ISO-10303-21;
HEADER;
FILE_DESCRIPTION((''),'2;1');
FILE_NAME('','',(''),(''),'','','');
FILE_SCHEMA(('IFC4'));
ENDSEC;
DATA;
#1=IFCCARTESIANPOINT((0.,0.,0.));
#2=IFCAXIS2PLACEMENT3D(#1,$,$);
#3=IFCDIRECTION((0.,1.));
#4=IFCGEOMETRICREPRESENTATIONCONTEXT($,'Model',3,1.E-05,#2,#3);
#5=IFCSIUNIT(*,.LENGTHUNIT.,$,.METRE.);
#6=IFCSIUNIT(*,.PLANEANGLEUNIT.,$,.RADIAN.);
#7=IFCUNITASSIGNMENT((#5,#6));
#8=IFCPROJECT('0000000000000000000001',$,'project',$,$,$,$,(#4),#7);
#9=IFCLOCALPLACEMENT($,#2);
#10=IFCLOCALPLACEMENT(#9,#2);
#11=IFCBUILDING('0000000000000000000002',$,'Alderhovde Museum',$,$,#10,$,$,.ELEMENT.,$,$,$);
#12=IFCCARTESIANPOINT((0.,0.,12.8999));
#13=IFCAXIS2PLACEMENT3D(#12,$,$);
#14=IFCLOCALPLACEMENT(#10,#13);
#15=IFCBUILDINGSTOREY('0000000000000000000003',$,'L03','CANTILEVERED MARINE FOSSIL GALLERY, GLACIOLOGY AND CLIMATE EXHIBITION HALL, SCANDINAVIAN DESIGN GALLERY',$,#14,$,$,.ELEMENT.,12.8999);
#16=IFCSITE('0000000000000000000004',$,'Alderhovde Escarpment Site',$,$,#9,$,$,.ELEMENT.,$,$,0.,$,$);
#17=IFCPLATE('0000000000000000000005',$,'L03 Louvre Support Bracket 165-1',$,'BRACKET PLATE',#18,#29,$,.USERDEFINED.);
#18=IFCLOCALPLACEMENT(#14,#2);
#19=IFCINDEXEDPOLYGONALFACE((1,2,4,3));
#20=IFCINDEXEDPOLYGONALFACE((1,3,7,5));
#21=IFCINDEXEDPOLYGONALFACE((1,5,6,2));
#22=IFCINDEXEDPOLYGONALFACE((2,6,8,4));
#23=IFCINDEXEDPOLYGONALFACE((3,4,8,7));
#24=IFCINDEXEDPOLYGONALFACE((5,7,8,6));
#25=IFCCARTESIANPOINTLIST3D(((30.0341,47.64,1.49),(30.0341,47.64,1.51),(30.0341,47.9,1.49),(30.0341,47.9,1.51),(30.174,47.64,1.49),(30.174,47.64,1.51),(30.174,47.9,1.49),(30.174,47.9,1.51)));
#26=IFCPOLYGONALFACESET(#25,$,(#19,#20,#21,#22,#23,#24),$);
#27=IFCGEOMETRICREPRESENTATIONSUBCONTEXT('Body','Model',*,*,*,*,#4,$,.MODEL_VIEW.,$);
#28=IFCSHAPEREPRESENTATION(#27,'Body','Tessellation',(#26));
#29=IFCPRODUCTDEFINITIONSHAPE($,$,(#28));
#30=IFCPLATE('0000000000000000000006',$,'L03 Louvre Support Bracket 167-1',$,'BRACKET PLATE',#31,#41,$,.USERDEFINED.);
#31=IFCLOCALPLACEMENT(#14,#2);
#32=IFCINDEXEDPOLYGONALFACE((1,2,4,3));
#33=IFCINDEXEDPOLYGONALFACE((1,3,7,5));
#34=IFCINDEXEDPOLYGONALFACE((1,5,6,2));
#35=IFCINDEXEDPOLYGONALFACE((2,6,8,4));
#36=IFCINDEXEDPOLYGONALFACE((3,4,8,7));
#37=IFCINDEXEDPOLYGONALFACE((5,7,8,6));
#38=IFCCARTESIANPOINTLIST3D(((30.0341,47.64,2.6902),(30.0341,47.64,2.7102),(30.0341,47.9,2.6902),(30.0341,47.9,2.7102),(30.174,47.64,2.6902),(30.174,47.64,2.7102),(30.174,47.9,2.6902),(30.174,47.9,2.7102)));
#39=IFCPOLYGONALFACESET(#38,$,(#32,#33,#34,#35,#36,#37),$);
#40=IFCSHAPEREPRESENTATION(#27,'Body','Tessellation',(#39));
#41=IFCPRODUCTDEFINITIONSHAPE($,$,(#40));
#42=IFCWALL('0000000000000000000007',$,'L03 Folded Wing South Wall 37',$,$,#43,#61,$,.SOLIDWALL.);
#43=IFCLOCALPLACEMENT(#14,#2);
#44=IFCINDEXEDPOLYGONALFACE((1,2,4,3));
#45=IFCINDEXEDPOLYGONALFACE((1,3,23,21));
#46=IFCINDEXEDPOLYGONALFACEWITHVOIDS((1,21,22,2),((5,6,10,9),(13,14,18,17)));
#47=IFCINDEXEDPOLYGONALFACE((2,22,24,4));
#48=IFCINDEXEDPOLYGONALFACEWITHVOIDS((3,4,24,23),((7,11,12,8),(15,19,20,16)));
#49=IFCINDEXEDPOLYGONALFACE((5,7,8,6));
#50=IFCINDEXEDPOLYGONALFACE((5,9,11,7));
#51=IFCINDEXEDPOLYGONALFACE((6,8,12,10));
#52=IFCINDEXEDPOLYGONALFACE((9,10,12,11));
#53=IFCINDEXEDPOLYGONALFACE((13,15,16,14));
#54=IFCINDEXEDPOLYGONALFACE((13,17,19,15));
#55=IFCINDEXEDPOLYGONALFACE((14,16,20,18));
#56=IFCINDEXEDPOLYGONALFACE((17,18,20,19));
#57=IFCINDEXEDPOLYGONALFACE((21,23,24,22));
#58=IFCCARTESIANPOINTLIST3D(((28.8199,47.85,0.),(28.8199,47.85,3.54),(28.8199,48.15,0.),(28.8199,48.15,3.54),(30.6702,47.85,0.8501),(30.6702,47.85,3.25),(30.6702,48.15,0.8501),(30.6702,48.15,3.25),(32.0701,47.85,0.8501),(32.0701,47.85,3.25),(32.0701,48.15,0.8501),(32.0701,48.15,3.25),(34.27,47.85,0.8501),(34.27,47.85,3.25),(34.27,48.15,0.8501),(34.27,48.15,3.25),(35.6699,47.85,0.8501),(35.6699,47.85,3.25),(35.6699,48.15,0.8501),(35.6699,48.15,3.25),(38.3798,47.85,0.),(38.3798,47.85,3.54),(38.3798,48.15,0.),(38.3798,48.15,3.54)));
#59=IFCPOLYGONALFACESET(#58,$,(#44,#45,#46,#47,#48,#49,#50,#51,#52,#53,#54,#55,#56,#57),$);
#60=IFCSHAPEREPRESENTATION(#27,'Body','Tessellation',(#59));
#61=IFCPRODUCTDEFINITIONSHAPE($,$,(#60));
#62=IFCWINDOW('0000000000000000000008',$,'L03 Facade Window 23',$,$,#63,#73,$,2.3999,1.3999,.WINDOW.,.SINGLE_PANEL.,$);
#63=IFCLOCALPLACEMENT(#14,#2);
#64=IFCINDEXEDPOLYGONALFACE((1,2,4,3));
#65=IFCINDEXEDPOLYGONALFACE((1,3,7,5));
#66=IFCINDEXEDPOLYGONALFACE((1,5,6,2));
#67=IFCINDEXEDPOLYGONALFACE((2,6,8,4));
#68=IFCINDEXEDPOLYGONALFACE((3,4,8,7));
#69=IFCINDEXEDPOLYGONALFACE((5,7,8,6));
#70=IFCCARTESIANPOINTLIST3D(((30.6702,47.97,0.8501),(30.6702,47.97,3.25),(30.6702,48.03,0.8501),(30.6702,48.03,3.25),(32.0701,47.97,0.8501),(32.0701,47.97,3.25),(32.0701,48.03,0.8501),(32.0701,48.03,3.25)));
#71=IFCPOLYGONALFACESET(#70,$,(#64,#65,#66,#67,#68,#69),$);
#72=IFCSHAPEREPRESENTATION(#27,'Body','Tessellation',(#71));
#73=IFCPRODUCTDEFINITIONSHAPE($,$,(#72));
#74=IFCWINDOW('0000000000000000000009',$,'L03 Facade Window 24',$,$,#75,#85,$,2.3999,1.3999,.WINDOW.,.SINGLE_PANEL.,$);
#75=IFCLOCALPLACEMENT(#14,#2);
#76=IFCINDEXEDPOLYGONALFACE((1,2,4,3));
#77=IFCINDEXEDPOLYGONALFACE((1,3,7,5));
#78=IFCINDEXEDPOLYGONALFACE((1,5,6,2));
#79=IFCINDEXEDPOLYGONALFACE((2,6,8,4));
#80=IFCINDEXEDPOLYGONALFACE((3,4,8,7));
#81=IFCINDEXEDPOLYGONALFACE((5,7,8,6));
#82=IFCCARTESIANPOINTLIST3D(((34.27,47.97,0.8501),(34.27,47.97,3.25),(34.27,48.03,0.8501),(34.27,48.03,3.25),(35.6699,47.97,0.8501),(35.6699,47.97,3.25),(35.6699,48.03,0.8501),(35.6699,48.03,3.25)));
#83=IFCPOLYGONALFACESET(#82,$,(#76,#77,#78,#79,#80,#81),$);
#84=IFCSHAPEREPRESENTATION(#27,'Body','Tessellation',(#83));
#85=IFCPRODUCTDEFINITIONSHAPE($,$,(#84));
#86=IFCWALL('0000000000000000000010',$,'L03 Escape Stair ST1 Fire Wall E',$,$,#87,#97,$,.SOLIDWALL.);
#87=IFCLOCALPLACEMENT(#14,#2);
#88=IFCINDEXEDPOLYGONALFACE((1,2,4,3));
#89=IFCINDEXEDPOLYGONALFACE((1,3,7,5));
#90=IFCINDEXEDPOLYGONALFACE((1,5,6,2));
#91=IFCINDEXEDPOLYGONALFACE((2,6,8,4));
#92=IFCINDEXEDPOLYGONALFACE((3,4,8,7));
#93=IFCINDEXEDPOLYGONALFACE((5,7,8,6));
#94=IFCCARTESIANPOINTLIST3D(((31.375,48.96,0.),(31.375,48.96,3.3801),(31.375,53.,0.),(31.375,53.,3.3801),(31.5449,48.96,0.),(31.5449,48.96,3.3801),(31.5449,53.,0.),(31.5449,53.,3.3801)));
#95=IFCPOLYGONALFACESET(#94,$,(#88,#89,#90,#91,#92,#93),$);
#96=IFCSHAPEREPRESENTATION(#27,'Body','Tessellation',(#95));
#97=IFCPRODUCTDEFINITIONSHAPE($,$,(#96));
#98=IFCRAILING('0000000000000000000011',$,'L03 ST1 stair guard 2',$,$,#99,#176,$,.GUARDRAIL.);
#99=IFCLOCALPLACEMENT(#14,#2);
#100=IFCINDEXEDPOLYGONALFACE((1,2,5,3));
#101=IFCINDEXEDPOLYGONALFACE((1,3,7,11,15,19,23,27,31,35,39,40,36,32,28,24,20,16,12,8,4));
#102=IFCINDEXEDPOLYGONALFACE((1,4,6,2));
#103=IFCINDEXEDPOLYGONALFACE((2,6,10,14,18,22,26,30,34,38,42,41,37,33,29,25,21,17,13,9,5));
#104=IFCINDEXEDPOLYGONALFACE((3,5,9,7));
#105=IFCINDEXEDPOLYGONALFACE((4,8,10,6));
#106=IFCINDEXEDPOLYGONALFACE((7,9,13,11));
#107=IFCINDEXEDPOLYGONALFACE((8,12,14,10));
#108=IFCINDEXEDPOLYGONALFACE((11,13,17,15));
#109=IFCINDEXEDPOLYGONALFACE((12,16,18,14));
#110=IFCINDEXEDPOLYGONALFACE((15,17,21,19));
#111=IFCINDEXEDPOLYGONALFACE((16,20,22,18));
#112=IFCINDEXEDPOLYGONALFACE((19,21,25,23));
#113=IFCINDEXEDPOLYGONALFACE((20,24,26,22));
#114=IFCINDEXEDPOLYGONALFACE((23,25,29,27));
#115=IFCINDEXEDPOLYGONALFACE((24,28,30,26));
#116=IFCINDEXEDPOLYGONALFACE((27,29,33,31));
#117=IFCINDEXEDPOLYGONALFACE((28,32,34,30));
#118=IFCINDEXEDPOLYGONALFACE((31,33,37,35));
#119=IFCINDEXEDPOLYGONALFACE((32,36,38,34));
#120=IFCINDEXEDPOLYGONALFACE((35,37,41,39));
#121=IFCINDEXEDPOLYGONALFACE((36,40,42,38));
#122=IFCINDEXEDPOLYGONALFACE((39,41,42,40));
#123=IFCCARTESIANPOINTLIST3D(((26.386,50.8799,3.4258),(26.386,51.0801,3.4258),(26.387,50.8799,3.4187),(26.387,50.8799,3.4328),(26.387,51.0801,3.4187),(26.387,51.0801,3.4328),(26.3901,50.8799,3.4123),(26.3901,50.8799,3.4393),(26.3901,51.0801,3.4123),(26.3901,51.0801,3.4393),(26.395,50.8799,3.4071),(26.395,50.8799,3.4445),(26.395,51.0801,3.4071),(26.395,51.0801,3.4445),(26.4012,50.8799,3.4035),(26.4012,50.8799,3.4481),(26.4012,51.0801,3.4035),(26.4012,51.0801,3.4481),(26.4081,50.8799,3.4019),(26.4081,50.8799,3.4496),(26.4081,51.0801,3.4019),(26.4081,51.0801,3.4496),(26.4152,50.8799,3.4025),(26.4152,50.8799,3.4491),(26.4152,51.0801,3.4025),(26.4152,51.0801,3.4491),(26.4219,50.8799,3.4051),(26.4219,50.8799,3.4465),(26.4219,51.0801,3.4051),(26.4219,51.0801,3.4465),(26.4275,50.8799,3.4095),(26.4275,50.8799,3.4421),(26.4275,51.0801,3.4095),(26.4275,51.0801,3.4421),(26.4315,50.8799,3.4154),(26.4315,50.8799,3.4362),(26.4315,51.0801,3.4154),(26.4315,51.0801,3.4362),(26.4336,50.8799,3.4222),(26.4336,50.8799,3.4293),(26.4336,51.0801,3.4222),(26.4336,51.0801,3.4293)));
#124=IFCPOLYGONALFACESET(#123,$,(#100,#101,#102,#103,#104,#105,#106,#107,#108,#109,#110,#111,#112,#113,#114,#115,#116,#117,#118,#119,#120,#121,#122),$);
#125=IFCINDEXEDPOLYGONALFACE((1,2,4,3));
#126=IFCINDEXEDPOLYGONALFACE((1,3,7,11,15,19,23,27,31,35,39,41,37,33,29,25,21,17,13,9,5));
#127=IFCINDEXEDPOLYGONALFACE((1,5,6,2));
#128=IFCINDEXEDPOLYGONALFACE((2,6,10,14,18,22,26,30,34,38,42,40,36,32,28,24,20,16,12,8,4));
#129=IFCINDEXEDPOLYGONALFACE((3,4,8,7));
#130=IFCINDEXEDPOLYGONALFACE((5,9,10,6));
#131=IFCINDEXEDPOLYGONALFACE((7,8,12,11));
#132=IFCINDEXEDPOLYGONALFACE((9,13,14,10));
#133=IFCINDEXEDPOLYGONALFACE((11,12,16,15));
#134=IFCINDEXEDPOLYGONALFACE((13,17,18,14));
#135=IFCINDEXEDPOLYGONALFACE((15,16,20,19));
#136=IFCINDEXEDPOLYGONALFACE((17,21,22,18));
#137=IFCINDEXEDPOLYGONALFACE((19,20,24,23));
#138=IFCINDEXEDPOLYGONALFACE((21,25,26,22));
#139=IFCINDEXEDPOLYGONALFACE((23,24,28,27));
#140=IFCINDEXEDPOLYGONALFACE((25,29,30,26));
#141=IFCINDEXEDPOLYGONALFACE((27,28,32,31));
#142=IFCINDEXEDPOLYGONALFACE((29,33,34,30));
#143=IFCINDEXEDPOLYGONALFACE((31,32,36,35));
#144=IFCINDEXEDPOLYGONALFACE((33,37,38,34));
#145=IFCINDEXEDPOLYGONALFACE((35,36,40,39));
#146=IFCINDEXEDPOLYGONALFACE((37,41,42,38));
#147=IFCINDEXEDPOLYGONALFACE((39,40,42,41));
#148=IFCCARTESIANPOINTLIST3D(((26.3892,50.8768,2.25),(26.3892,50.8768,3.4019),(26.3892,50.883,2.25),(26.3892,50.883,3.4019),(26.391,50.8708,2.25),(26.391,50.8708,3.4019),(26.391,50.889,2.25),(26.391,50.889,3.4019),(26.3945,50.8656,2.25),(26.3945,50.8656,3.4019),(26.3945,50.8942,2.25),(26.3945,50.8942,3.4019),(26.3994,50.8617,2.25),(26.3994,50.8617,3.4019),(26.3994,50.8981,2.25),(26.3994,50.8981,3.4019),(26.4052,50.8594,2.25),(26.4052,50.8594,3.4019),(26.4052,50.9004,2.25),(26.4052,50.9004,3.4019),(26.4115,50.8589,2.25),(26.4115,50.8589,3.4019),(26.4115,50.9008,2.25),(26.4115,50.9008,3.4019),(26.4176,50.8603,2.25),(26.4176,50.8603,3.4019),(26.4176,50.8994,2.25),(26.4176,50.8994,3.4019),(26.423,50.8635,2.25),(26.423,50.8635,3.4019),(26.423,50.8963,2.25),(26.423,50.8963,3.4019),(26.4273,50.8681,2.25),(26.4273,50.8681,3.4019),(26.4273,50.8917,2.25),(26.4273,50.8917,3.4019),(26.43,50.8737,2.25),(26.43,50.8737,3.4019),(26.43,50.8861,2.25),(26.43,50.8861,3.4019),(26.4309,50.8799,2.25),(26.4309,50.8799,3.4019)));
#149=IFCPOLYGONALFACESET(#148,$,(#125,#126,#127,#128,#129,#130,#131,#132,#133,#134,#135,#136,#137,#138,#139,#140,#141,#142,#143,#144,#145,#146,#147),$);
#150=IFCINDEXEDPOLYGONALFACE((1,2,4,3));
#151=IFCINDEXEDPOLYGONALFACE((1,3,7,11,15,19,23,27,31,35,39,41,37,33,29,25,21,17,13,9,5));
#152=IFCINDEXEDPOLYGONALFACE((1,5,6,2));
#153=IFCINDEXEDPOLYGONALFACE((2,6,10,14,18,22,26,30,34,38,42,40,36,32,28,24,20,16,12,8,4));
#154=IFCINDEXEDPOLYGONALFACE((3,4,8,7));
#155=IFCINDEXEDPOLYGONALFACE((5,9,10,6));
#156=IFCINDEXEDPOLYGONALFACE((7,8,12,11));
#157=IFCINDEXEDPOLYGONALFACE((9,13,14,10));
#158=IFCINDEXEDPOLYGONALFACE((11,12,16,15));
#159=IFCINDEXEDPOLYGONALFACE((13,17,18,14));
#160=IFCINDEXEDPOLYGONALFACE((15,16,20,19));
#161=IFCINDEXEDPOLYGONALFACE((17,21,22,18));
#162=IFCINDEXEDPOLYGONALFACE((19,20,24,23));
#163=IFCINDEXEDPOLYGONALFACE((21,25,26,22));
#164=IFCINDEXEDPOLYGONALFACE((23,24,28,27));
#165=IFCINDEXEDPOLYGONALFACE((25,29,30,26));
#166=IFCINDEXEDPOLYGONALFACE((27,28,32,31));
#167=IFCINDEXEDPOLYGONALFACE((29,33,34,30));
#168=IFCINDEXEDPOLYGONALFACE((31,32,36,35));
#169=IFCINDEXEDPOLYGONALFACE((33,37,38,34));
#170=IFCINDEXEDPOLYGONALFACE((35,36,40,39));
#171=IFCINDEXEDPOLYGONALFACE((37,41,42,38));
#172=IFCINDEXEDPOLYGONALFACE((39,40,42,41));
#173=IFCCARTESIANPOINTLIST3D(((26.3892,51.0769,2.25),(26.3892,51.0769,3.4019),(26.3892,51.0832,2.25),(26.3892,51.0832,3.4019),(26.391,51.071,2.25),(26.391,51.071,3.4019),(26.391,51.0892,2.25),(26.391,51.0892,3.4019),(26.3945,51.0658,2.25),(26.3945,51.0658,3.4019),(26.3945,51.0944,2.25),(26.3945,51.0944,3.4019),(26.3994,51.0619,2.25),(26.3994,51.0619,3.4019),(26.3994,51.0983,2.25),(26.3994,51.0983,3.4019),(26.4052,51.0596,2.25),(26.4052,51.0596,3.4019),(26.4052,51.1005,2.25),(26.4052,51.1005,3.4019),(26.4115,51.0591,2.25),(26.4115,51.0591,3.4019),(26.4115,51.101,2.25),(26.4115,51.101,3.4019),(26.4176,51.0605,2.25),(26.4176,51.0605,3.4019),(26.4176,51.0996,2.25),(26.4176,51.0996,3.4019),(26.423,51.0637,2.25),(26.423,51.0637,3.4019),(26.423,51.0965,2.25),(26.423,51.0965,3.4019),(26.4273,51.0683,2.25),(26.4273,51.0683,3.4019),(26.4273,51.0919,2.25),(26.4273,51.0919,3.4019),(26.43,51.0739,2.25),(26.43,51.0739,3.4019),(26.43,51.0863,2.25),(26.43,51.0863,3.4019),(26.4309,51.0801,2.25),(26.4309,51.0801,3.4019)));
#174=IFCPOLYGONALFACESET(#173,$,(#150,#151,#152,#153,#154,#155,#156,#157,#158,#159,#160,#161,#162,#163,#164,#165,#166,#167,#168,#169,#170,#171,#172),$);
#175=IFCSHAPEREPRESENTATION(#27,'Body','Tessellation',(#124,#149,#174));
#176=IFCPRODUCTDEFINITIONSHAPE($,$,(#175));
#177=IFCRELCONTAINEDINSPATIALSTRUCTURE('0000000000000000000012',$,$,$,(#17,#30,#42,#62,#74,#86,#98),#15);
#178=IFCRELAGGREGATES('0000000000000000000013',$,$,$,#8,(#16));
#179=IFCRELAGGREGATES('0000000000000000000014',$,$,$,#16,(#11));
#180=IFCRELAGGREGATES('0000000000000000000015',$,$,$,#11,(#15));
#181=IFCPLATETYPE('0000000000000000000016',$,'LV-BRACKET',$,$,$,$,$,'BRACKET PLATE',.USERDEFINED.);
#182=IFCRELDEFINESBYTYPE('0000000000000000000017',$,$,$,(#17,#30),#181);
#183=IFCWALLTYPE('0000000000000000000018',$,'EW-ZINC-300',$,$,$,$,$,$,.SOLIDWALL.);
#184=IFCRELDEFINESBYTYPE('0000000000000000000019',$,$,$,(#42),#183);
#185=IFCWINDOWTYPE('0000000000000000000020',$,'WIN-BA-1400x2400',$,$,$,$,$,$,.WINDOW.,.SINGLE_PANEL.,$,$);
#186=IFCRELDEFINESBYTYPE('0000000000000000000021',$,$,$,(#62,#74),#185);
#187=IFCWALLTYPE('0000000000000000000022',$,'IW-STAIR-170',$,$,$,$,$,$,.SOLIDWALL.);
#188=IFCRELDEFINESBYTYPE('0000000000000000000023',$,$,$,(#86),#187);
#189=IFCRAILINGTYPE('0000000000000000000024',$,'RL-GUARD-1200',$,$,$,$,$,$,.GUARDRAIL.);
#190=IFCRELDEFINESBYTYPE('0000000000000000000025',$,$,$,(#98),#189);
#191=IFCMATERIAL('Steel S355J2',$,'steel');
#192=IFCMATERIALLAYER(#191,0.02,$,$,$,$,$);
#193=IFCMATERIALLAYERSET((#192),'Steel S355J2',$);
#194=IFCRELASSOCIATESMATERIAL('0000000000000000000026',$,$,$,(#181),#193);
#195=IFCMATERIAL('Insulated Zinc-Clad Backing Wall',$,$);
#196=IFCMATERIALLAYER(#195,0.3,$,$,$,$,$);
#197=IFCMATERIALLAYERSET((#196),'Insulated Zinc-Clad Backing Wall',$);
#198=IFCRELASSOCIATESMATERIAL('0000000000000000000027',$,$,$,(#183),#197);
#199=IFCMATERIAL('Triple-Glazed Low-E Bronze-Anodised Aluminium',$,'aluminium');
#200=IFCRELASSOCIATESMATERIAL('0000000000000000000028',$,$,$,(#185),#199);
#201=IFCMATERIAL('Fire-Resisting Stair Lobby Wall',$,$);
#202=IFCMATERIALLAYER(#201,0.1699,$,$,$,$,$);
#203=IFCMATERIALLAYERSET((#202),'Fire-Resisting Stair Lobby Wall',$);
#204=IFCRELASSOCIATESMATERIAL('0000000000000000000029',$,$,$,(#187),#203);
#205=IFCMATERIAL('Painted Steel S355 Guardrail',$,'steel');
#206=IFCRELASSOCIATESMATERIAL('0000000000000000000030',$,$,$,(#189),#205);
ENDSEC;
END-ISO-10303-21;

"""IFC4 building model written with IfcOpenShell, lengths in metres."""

from ifc_helpers import new_model, si_unit, direction, frame, frame_2d, origin, origin_2d, place, context, subcontext, project, spatial, rectangle, circle, extrude, material, layer, layer_set, type_object, element, fill, save


model = new_model("IFC4")

# Units and contexts
model_context = context("Model", 3, precision=1e-05, world=origin(), true_north=direction((0.0, 1.0)))
body_context = subcontext(model_context, "Body", "Model", "MODEL_VIEW")
ifc_project = project(units=[si_unit("LENGTHUNIT", "METRE"), si_unit("PLANEANGLEUNIT", "RADIAN")], contexts=[model_context])

# Site, building, storey
site_placement = place(None, origin())
site = spatial("IfcSite", under=ifc_project, at=site_placement, Name="Alderhovde Escarpment Site", CompositionType="ELEMENT", RefElevation=0.0)
building_placement = place(site_placement, origin())
building = spatial("IfcBuilding", under=site, at=building_placement, Name="Alderhovde Museum", CompositionType="ELEMENT")
storey_placement = place(building_placement, frame((0.0, 0.0, 12.8999)))
storey = spatial("IfcBuildingStorey", under=building, at=storey_placement, Name="L03", Description="CANTILEVERED MARINE FOSSIL GALLERY, GLACIOLOGY AND CLIMATE EXHIBITION HALL, SCANDINAVIAN DESIGN GALLERY", CompositionType="ELEMENT", Elevation=12.8999)

# Plates
ifc_material_1 = material(Name="Steel S355J2", Category="steel")
ifc_layer_1 = layer(ifc_material_1, 0.02)
ifc_layer_set_1 = layer_set([ifc_layer_1], Name="Steel S355J2")
plate_type = type_object("IfcPlateType", Name="LV-BRACKET", ElementType="BRACKET PLATE", PredefinedType="USERDEFINED", material=ifc_layer_set_1)
for number, where, z_axis, x_axis, name in (
    (1, (30.104, 47.77, 1.49), (0.0, 0.0, 1.0), (1.0, 0.0, 0.0), "L03 Louvre Support Bracket 165-1"),
    (2, (30.104, 47.77, 2.6902), (0.0, 0.0, 1.0), (1.0, 0.0, 0.0), "L03 Louvre Support Bracket 167-1"),
):
    element("IfcPlate", number, at=place(storey_placement, frame(where, z_axis=z_axis, x_axis=x_axis)), inside=storey, type_object=plate_type, Name=name, ObjectType="BRACKET PLATE", PredefinedType="USERDEFINED", context=body_context, shape_type="SweptSolid", body=[
        extrude(rectangle(XDim=0.1399, YDim=0.26, at=origin_2d()), origin(), (0.0, 0.0, 1.0), 0.02),
    ])

# Wall, openings, windows
ifc_material_2 = material(Name="Insulated Zinc-Clad Backing Wall")
ifc_layer_2 = layer(ifc_material_2, 0.3)
ifc_layer_set_2 = layer_set([ifc_layer_2], Name="Insulated Zinc-Clad Backing Wall")
wall_type_1 = type_object("IfcWallType", Name="EW-ZINC-300", PredefinedType="SOLIDWALL", material=ifc_layer_set_2)
wall_1_placement = place(storey_placement, frame((28.8201, 48.0, 0.0), z_axis=(0.0, 0.0, 1.0), x_axis=(1.0, 0.0, 0.0)))
wall_1 = element("IfcWall", 3, at=wall_1_placement, inside=storey, type_object=wall_type_1, Name="L03 Folded Wing South Wall 37", PredefinedType="SOLIDWALL", context=body_context, shape_type="SweptSolid", body=[
    extrude(rectangle(XDim=9.5598, YDim=0.3, at=frame_2d((4.7798, 0.0))), origin(), (0.0, 0.0, 1.0), 3.54),
])
opening_1_placement = place(wall_1_placement, frame((1.8501, 0.0, 0.8501)))
opening_1 = element("IfcOpeningElement", 4, at=opening_1_placement, cuts=wall_1, PredefinedType="OPENING", context=body_context, shape_type="SweptSolid", body=[
    extrude(rectangle(XDim=1.3999, YDim=2.3999, at=frame_2d((0.7, 1.2))), frame((0.0, 0.1599, 0.0), z_axis=(0.0, -1.0, 0.0), x_axis=(1.0, 0.0, 0.0)), (0.0, 0.0, 1.0), 0.3201),
])
opening_2_placement = place(wall_1_placement, frame((5.45, 0.0, 0.8501)))
opening_2 = element("IfcOpeningElement", 5, at=opening_2_placement, cuts=wall_1, PredefinedType="OPENING", context=body_context, shape_type="SweptSolid", body=[
    extrude(rectangle(XDim=1.3999, YDim=2.3999, at=frame_2d((0.7, 1.2))), frame((0.0, 0.1599, 0.0), z_axis=(0.0, -1.0, 0.0), x_axis=(1.0, 0.0, 0.0)), (0.0, 0.0, 1.0), 0.3201),
])
ifc_material_3 = material(Name="Triple-Glazed Low-E Bronze-Anodised Aluminium", Category="aluminium")
window_type = type_object("IfcWindowType", Name="WIN-BA-1400x2400", PartitioningType="SINGLE_PANEL", PredefinedType="WINDOW", material=ifc_material_3)
window_1_placement = place(opening_1_placement, origin())
window_1 = element("IfcWindow", 6, at=window_1_placement, inside=storey, type_object=window_type, Name="L03 Facade Window 23", OverallHeight=2.3999, OverallWidth=1.3999, PartitioningType="SINGLE_PANEL", PredefinedType="WINDOW", context=body_context, shape_type="SweptSolid", body=[
    extrude(rectangle(XDim=1.3999, YDim=2.3999, at=frame_2d((0.7, 1.2))), frame((0.0, 0.03, 0.0), z_axis=(0.0, -1.0, 0.0), x_axis=(1.0, 0.0, 0.0)), (0.0, 0.0, 1.0), 0.0601),
])
fill(opening_1, window_1)
window_2_placement = place(opening_2_placement, origin())
window_2 = element("IfcWindow", 7, at=window_2_placement, inside=storey, type_object=window_type, Name="L03 Facade Window 24", OverallHeight=2.3999, OverallWidth=1.3999, PartitioningType="SINGLE_PANEL", PredefinedType="WINDOW", context=body_context, shape_type="SweptSolid", body=[
    extrude(rectangle(XDim=1.3999, YDim=2.3999, at=frame_2d((0.7, 1.2))), frame((0.0, 0.03, 0.0), z_axis=(0.0, -1.0, 0.0), x_axis=(1.0, 0.0, 0.0)), (0.0, 0.0, 1.0), 0.0601),
])
fill(opening_2, window_2)

# Wall
ifc_material_4 = material(Name="Fire-Resisting Stair Lobby Wall")
ifc_layer_3 = layer(ifc_material_4, 0.1699)
ifc_layer_set_3 = layer_set([ifc_layer_3], Name="Fire-Resisting Stair Lobby Wall")
wall_type_2 = type_object("IfcWallType", Name="IW-STAIR-170", PredefinedType="SOLIDWALL", material=ifc_layer_set_3)
wall_2_placement = place(storey_placement, frame((31.46, 48.96, 0.0), z_axis=(0.0, 0.0, 1.0), x_axis=(0.0, 1.0, 0.0)))
element("IfcWall", 8, at=wall_2_placement, inside=storey, type_object=wall_type_2, Name="L03 Escape Stair ST1 Fire Wall E", PredefinedType="SOLIDWALL", context=body_context, shape_type="SweptSolid", body=[
    extrude(rectangle(XDim=4.04, YDim=0.1699, at=frame_2d((2.02, 0.0))), origin(), (0.0, 0.0, 1.0), 3.3801),
])

# Railing
ifc_material_5 = material(Name="Painted Steel S355 Guardrail", Category="steel")
railing_type = type_object("IfcRailingType", Name="RL-GUARD-1200", PredefinedType="GUARDRAIL", material=ifc_material_5)
railing_placement = place(storey_placement, frame((26.4099, 50.8799, 2.25)))
element("IfcRailing", 9, at=railing_placement, inside=storey, type_object=railing_type, Name="L03 ST1 stair guard 2", PredefinedType="GUARDRAIL", context=body_context, shape_type="SweptSolid", body=[
    extrude(circle(Radius=0.0239, at=origin_2d()), frame((0.0, 0.0, 1.1758), z_axis=(0.0, 1.0, 0.0), x_axis=(-1.0, 0.0, 0.0)), (0.0, 0.0, 1.0), 0.2002),
    extrude(circle(Radius=0.021, at=origin_2d()), origin(), (0.0, 0.0, 1.0), 1.1519),
    extrude(circle(Radius=0.021, at=origin_2d()), frame((0.0, 0.2002, 0.0)), (0.0, 0.0, 1.0), 1.1519),
])

save(model, "model.ifc")
